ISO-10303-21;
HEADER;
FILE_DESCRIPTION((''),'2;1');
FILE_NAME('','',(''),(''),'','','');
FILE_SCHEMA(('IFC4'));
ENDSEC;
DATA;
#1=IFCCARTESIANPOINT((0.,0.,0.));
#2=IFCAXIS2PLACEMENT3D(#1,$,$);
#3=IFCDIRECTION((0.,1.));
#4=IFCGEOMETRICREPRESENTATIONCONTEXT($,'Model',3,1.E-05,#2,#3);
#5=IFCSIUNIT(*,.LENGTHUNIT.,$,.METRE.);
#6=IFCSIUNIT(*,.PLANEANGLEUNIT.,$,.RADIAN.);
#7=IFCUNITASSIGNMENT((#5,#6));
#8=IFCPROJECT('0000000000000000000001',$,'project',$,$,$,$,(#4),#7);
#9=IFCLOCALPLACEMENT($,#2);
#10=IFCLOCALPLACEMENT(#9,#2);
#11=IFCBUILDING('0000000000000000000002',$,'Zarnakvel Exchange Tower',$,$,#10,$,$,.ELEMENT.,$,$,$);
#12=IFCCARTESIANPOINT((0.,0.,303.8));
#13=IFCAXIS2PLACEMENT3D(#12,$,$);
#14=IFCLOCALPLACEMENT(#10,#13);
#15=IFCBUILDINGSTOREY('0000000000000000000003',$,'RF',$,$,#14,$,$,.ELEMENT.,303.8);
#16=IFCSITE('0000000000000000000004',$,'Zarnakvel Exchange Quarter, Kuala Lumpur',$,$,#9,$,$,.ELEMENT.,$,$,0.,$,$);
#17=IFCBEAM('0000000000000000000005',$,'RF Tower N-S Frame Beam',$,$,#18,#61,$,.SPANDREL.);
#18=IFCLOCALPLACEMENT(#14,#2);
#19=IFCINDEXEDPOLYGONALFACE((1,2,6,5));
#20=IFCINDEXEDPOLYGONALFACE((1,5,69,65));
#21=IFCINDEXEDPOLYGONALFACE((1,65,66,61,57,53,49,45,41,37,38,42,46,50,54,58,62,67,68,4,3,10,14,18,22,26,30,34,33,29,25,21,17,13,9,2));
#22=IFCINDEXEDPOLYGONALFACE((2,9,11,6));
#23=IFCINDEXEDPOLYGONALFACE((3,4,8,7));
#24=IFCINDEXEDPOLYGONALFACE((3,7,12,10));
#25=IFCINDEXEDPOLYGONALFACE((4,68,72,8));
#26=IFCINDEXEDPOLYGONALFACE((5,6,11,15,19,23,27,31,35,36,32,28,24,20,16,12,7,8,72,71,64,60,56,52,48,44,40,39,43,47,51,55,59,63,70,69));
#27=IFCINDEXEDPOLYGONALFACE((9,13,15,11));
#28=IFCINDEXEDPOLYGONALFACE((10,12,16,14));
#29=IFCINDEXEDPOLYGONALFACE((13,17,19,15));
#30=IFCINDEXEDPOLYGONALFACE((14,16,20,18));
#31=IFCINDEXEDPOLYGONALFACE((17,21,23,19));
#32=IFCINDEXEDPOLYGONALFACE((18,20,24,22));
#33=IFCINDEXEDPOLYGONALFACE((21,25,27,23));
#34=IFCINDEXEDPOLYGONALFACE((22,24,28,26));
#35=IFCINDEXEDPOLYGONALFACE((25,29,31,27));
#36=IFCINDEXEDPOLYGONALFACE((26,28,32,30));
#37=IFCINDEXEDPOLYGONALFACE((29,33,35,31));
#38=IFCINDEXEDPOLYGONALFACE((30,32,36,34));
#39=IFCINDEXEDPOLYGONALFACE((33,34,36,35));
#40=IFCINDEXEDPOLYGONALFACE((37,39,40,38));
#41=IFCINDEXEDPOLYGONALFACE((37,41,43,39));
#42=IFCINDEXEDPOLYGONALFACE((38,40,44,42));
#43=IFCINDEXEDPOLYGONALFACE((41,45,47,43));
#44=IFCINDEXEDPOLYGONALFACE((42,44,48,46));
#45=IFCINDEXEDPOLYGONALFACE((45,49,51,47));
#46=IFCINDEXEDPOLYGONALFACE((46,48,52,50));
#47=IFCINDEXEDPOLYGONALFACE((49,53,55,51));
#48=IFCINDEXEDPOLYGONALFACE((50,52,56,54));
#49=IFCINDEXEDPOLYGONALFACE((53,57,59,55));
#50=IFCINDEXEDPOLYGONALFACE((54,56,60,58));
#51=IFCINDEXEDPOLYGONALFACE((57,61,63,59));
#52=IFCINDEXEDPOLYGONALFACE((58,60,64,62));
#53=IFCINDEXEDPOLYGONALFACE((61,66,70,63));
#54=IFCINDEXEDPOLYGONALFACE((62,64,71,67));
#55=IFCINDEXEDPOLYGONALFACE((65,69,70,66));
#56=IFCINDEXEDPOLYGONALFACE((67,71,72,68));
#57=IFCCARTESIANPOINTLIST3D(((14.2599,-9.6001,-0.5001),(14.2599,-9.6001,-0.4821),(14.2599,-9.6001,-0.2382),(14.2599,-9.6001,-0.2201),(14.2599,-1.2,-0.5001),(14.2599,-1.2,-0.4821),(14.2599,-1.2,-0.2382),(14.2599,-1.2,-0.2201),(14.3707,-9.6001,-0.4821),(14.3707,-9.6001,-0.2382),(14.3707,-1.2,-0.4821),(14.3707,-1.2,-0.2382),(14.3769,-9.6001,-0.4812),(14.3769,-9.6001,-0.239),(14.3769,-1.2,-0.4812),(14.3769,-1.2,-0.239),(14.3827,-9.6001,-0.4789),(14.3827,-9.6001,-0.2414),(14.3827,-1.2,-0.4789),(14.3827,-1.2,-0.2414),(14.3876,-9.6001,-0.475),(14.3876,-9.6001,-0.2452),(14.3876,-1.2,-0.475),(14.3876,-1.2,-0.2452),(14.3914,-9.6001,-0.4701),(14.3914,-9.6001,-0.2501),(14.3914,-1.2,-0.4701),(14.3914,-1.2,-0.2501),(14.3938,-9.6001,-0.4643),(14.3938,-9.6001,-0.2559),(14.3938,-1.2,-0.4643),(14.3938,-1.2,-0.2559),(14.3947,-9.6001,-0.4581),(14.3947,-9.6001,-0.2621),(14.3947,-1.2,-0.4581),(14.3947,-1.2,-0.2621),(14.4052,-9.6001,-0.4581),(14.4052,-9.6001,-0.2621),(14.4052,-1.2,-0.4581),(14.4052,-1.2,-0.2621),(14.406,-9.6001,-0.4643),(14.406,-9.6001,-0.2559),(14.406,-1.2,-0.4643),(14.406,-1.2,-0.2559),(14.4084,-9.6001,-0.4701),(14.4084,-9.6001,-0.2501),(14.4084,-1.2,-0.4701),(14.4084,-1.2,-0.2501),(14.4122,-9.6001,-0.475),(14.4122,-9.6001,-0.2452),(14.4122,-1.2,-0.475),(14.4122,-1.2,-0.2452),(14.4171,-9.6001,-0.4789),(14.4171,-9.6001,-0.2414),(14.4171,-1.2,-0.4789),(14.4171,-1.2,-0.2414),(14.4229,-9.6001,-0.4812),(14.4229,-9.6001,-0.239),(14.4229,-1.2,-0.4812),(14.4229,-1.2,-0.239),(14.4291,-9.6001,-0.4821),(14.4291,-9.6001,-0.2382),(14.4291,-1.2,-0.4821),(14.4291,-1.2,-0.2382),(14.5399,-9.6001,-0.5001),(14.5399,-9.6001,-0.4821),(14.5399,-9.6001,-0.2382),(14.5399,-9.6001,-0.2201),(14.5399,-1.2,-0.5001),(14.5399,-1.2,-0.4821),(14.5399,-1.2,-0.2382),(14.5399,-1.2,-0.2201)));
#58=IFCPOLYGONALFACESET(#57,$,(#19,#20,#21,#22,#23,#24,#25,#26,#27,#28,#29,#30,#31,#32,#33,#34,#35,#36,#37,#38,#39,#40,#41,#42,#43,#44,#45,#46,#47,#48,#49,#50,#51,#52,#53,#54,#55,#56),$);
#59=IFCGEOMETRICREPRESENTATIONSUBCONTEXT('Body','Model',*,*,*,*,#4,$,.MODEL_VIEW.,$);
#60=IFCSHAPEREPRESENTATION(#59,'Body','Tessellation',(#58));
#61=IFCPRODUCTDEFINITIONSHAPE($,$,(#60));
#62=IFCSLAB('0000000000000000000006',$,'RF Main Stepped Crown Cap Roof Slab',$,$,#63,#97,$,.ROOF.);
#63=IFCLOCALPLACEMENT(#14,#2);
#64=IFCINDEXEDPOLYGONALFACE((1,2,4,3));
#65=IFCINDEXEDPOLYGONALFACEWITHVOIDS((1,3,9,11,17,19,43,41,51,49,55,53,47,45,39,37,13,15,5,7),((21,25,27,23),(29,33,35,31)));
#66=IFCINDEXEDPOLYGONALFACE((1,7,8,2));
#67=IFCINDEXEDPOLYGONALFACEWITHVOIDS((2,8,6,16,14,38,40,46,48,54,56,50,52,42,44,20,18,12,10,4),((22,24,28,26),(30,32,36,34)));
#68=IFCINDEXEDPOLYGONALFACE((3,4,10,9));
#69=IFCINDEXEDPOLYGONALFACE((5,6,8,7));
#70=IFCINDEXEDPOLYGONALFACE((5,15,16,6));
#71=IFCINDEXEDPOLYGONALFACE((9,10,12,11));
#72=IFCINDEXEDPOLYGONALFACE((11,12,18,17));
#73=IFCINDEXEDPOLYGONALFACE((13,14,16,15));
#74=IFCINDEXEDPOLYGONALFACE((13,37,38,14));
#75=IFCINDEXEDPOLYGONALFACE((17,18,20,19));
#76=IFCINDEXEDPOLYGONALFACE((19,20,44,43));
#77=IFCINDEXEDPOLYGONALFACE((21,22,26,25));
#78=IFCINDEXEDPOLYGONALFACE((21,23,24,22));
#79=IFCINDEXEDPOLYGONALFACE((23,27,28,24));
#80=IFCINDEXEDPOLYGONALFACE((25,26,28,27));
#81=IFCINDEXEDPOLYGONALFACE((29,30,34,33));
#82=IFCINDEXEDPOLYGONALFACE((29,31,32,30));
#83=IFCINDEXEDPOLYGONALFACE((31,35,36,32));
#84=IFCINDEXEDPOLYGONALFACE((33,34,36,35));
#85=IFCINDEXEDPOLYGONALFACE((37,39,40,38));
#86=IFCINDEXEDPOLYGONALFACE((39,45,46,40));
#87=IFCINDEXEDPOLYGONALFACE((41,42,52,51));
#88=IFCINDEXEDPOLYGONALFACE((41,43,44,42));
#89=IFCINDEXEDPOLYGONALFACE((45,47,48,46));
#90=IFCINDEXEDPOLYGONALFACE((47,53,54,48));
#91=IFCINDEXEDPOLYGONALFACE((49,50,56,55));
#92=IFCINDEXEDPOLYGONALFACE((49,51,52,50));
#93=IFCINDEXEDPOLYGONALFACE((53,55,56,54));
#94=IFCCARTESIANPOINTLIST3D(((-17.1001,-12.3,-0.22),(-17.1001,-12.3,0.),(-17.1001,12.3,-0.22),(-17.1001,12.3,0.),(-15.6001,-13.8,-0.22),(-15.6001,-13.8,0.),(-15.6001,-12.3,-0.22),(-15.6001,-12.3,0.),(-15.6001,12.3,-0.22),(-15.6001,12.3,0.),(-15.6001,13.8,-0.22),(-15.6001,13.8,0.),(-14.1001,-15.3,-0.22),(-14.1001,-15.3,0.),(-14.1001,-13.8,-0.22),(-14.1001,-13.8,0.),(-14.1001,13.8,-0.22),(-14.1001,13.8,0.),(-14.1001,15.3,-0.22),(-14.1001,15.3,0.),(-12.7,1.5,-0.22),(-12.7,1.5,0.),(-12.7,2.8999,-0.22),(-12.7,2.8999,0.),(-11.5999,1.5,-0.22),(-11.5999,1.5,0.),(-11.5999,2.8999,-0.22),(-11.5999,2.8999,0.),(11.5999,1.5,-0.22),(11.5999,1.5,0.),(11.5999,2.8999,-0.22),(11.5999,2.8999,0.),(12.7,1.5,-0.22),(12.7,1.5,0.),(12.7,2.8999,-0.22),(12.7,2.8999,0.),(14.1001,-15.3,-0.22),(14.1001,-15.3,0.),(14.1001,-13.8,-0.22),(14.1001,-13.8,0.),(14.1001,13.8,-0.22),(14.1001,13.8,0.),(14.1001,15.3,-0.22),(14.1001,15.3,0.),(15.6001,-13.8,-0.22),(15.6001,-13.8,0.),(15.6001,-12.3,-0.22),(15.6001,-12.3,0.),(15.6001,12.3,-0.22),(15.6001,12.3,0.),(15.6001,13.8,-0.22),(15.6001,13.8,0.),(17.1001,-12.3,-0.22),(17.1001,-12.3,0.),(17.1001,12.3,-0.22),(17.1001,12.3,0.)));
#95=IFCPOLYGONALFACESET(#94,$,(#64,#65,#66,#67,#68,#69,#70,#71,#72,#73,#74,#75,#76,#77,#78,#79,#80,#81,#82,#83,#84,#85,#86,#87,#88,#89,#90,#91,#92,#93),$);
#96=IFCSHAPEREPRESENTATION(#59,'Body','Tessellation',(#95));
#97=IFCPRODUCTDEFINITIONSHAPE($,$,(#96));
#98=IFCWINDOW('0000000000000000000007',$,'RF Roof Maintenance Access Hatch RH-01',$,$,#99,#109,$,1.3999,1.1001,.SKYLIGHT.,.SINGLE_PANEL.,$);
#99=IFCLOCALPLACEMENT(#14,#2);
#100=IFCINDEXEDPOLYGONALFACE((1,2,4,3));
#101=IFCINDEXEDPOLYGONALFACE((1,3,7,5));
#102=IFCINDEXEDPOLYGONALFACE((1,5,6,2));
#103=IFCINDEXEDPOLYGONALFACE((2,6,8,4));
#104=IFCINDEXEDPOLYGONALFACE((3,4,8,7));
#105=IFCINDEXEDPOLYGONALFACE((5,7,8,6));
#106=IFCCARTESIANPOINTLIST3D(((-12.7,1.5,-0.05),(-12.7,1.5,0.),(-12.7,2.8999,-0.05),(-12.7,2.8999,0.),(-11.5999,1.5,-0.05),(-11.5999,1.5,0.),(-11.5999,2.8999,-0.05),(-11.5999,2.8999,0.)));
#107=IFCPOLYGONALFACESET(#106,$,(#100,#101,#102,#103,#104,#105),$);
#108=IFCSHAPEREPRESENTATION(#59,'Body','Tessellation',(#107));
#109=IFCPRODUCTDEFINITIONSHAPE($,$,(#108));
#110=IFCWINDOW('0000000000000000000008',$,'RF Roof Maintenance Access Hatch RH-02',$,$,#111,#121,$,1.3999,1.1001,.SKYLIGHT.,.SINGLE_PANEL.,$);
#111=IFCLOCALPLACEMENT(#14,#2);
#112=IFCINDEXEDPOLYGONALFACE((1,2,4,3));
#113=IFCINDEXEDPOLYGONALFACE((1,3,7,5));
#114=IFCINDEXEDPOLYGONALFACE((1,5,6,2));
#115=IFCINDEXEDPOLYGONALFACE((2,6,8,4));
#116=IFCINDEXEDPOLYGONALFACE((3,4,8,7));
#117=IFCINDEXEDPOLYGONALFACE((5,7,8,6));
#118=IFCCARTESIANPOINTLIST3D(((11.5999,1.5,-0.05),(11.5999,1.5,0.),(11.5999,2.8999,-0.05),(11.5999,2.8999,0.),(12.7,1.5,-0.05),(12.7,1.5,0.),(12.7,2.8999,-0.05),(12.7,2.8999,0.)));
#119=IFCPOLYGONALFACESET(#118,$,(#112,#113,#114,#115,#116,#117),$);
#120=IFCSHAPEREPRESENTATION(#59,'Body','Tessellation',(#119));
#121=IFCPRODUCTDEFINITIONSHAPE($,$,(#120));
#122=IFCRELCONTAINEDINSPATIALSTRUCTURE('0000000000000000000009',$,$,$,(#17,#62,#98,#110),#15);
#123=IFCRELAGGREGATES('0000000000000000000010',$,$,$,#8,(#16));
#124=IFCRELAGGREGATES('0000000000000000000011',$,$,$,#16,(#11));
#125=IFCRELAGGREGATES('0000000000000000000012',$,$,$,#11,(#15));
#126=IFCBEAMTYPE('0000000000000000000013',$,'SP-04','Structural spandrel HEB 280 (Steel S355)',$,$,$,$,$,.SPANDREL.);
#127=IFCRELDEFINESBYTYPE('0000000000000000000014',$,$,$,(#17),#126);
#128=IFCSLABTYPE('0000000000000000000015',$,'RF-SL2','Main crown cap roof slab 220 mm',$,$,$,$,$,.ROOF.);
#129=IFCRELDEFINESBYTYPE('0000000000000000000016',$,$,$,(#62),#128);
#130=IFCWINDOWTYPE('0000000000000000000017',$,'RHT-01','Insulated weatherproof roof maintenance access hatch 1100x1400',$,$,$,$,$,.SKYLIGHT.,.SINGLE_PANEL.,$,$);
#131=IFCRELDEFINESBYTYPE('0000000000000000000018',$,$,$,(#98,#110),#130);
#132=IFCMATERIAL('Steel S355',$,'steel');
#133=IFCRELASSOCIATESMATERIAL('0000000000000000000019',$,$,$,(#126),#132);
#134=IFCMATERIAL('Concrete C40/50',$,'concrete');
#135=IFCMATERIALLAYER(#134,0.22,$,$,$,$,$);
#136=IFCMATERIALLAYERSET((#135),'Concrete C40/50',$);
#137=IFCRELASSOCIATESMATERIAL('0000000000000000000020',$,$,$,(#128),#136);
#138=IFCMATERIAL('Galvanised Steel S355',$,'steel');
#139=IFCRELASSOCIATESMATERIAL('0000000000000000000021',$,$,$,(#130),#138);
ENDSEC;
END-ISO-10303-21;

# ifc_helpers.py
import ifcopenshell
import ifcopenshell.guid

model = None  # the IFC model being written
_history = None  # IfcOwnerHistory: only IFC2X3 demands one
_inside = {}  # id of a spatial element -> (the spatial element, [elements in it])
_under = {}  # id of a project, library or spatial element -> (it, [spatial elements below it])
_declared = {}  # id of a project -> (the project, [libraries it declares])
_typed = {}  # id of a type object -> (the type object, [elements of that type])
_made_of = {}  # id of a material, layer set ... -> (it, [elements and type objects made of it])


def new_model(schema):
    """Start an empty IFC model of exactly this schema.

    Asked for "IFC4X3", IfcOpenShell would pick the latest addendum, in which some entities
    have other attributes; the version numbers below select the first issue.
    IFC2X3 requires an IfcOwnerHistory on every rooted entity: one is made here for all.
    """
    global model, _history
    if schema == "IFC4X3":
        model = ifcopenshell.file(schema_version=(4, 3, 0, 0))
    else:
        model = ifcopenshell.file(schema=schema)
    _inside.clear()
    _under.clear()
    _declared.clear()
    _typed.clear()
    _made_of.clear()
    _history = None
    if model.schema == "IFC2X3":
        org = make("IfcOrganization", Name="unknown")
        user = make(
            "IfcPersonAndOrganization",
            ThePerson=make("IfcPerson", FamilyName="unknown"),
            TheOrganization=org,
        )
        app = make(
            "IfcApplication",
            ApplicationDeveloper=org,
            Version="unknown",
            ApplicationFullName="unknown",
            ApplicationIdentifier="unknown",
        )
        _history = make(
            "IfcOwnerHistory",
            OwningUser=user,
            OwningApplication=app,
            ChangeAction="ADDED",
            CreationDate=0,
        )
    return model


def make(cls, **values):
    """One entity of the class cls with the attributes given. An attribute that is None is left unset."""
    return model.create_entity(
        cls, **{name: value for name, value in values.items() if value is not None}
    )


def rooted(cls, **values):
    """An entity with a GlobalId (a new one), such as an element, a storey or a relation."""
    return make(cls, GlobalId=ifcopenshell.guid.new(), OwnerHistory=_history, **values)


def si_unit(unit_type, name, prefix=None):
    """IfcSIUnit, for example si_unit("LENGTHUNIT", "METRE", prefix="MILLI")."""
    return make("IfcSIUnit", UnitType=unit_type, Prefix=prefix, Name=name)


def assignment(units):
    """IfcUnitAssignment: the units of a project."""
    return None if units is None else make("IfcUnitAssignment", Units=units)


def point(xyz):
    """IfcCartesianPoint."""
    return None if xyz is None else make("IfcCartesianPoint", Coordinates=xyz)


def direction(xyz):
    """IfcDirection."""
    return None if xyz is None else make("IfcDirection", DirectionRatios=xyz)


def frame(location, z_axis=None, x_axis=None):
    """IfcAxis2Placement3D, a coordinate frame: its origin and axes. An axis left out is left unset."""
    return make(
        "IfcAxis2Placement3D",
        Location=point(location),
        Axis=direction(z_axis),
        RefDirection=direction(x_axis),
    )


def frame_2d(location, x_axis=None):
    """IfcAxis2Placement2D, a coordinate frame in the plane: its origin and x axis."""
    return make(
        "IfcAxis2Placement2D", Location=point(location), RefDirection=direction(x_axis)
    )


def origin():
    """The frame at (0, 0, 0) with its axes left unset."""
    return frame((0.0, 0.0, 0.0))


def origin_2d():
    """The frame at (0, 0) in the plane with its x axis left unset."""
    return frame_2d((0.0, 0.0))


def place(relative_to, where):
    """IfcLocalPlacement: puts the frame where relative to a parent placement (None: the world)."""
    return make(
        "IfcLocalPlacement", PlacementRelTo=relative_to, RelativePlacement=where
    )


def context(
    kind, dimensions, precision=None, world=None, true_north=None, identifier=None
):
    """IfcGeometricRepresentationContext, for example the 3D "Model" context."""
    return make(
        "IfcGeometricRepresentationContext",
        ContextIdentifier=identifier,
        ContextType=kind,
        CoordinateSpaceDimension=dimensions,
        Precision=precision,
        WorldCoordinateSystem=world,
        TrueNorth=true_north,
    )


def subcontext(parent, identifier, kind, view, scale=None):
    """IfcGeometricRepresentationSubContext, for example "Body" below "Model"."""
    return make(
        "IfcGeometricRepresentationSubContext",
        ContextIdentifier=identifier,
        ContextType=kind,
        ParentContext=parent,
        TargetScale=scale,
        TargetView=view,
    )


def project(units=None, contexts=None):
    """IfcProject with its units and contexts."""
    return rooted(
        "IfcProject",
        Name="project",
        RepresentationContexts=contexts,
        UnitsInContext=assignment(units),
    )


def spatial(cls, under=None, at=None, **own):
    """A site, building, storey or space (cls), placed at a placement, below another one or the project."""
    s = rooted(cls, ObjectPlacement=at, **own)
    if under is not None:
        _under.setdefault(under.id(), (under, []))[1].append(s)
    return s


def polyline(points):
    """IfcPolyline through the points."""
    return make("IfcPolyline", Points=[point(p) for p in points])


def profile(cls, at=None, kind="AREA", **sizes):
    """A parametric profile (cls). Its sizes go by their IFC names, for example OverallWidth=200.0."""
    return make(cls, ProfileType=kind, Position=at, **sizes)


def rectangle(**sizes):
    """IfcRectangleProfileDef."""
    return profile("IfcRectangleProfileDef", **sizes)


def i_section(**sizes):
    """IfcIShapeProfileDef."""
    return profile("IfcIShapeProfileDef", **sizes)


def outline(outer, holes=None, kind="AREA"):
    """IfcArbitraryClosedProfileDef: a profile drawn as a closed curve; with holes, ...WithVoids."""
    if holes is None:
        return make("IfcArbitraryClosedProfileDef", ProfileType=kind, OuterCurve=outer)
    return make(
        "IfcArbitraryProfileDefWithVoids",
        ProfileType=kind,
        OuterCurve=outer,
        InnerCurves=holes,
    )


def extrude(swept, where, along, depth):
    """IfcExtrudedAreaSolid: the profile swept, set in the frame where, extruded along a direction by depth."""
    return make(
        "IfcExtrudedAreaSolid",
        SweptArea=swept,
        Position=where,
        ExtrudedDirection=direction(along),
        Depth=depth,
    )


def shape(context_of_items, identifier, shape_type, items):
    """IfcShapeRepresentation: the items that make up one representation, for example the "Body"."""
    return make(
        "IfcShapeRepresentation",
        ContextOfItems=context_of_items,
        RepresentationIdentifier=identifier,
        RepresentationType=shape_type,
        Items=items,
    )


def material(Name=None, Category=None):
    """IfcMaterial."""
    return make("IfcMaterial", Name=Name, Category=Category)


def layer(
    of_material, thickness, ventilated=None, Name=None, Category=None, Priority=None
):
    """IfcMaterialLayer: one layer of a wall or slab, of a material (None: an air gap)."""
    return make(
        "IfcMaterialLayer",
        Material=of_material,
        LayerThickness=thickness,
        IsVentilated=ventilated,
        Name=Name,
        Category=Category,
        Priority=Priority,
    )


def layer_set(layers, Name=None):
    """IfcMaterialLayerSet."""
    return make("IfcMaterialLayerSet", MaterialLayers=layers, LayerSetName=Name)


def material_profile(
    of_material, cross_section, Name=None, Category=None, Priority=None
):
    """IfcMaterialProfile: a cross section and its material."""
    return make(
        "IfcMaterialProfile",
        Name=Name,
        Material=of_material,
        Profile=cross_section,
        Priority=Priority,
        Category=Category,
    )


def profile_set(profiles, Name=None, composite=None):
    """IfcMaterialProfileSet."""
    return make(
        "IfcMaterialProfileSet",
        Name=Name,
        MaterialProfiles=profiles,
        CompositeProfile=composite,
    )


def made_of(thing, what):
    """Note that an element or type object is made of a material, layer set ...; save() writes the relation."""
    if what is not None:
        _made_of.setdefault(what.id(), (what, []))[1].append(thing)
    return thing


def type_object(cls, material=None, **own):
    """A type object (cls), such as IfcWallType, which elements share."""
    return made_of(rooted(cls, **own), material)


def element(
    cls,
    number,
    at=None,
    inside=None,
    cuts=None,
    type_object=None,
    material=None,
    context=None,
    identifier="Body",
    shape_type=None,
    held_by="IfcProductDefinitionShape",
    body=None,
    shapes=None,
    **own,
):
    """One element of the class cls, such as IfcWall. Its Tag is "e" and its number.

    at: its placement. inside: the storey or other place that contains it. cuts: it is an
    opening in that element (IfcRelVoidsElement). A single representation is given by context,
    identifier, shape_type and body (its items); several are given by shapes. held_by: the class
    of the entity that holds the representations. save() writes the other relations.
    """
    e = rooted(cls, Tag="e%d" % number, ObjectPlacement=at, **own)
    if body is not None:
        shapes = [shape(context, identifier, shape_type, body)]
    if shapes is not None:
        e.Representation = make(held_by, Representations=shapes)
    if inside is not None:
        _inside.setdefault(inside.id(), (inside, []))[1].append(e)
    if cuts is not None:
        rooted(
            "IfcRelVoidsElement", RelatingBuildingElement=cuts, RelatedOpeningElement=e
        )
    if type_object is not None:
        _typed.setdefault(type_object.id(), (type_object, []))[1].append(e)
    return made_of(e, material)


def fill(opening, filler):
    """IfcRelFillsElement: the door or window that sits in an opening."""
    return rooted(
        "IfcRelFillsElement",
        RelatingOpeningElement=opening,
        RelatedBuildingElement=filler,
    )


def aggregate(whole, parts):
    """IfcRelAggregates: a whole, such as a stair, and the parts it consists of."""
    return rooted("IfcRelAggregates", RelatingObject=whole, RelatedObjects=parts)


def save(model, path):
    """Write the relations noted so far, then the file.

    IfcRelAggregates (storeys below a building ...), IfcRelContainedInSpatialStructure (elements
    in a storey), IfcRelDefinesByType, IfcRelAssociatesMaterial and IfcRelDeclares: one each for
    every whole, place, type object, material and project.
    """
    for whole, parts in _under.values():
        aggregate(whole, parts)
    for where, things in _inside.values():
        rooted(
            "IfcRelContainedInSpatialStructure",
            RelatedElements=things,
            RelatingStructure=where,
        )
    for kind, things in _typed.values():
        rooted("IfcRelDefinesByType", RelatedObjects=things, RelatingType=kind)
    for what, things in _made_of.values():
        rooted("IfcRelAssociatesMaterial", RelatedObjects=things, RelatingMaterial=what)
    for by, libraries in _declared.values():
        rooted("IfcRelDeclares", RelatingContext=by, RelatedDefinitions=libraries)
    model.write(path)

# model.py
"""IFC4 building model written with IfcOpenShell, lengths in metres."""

from ifc_helpers import new_model, si_unit, direction, frame, origin, origin_2d, place, context, subcontext, project, spatial, polyline, rectangle, i_section, outline, extrude, material, layer, layer_set, material_profile, profile_set, type_object, element, fill, save


model = new_model("IFC4")

# Units and contexts
model_context = context("Model", 3, precision=1e-05, world=origin(), true_north=direction((0.0, 1.0)))
body_context = subcontext(model_context, "Body", "Model", "MODEL_VIEW")
ifc_project = project(units=[si_unit("LENGTHUNIT", "METRE"), si_unit("PLANEANGLEUNIT", "RADIAN")], contexts=[model_context])

# Site, building, storey
site_placement = place(None, origin())
site = spatial("IfcSite", under=ifc_project, at=site_placement, Name="Zarnakvel Exchange Quarter, Kuala Lumpur", CompositionType="ELEMENT", RefElevation=0.0)
building_placement = place(site_placement, origin())
building = spatial("IfcBuilding", under=site, at=building_placement, Name="Zarnakvel Exchange Tower", CompositionType="ELEMENT")
storey_placement = place(building_placement, frame((0.0, 0.0, 303.8)))
storey = spatial("IfcBuildingStorey", under=building, at=storey_placement, Name="RF", CompositionType="ELEMENT", Elevation=303.8)

# Beam
ifc_material_1 = material(Name="Steel S355", Category="steel")
ifc_material_profile_1 = material_profile(ifc_material_1, i_section(OverallWidth=0.28, OverallDepth=0.28, WebThickness=0.0105, FlangeThickness=0.0181, FilletRadius=0.0239, at=origin_2d()))
ifc_profile_set_1 = profile_set([ifc_material_profile_1], Name="Steel S355")
beam_type_1 = type_object("IfcBeamType", Name="SP-04", Description="Structural spandrel HEB 280 (Steel S355)", PredefinedType="SPANDREL", material=ifc_profile_set_1)
for number, where, z_axis, x_axis, name in (
    (1, (14.3999, -9.6001, -0.3601), (0.0, 1.0, 0.0), (-1.0, 0.0, 0.0), "RF Tower N-S Frame Beam"),
):
    element("IfcBeam", number, at=place(storey_placement, frame(where, z_axis=z_axis, x_axis=x_axis)), inside=storey, type_object=beam_type_1, Name=name, PredefinedType="SPANDREL", context=body_context, shape_type="SweptSolid", body=[
        extrude(i_section(OverallWidth=0.28, OverallDepth=0.28, WebThickness=0.0105, FlangeThickness=0.0181, FilletRadius=0.0239, at=origin_2d()), origin(), (0.0, 0.0, 1.0), 8.4001),
    ])

# Slab, openings, windows
ifc_material_2 = material(Name="Concrete C40/50", Category="concrete")
ifc_layer = layer(ifc_material_2, 0.22)
ifc_layer_set = layer_set([ifc_layer], Name="Concrete C40/50")
slab_type = type_object("IfcSlabType", Name="RF-SL2", Description="Main crown cap roof slab 220 mm", PredefinedType="ROOF", material=ifc_layer_set)
slab_placement = place(storey_placement, frame((0.0, 0.0, -0.22)))
slab = element("IfcSlab", 2, at=slab_placement, inside=storey, type_object=slab_type, Name="RF Main Stepped Crown Cap Roof Slab", PredefinedType="ROOF", context=body_context, shape_type="SweptSolid", body=[
    extrude(outline(polyline([(-17.1001, -12.3), (-15.6001, -12.3), (-15.6001, -13.8), (-14.1001, -13.8), (-14.1001, -15.3), (14.1001, -15.3), (14.1001, -13.8), (15.6001, -13.8), (15.6001, -12.3), (17.1001, -12.3), (17.1001, 12.3), (15.6001, 12.3), (15.6001, 13.8), (14.1001, 13.8), (14.1001, 15.3), (-14.1001, 15.3), (-14.1001, 13.8), (-15.6001, 13.8), (-15.6001, 12.3), (-17.1001, 12.3), (-17.1001, -12.3)])), origin(), (0.0, 0.0, 1.0), 0.22),
])
opening_1_placement = place(slab_placement, frame((-12.1499, 2.2, 0.0)))
opening_1 = element("IfcOpeningElement", 3, at=opening_1_placement, cuts=slab, PredefinedType="OPENING", context=body_context, shape_type="SweptSolid", body=[
    extrude(rectangle(XDim=1.1001, YDim=1.3999, at=origin_2d()), origin(), (0.0, 0.0, 1.0), 0.24),
])
opening_2_placement = place(slab_placement, frame((12.1499, 2.2, 0.0)))
opening_2 = element("IfcOpeningElement", 4, at=opening_2_placement, cuts=slab, PredefinedType="OPENING", context=body_context, shape_type="SweptSolid", body=[
    extrude(rectangle(XDim=1.1001, YDim=1.3999, at=origin_2d()), origin(), (0.0, 0.0, 1.0), 0.24),
])
ifc_material_3 = material(Name="Galvanised Steel S355", Category="steel")
window_type = type_object("IfcWindowType", Name="RHT-01", Description="Insulated weatherproof roof maintenance access hatch 1100x1400", PartitioningType="SINGLE_PANEL", PredefinedType="SKYLIGHT", material=ifc_material_3)
window_1_placement = place(opening_1_placement, frame((0.0, 0.0, 0.1699)))
window_1 = element("IfcWindow", 5, at=window_1_placement, inside=storey, type_object=window_type, Name="RF Roof Maintenance Access Hatch RH-01", OverallHeight=1.3999, OverallWidth=1.1001, PartitioningType="SINGLE_PANEL", PredefinedType="SKYLIGHT", context=body_context, shape_type="SweptSolid", body=[
    extrude(rectangle(XDim=1.1001, YDim=1.3999, at=origin_2d()), origin(), (0.0, 0.0, 1.0), 0.05),
])
fill(opening_1, window_1)
window_2_placement = place(opening_2_placement, frame((0.0, 0.0, 0.1699)))
window_2 = element("IfcWindow", 6, at=window_2_placement, inside=storey, type_object=window_type, Name="RF Roof Maintenance Access Hatch RH-02", OverallHeight=1.3999, OverallWidth=1.1001, PartitioningType="SINGLE_PANEL", PredefinedType="SKYLIGHT", context=body_context, shape_type="SweptSolid", body=[
    extrude(rectangle(XDim=1.1001, YDim=1.3999, at=origin_2d()), origin(), (0.0, 0.0, 1.0), 0.05),
])
fill(opening_2, window_2)

save(model, "model.ifc")
